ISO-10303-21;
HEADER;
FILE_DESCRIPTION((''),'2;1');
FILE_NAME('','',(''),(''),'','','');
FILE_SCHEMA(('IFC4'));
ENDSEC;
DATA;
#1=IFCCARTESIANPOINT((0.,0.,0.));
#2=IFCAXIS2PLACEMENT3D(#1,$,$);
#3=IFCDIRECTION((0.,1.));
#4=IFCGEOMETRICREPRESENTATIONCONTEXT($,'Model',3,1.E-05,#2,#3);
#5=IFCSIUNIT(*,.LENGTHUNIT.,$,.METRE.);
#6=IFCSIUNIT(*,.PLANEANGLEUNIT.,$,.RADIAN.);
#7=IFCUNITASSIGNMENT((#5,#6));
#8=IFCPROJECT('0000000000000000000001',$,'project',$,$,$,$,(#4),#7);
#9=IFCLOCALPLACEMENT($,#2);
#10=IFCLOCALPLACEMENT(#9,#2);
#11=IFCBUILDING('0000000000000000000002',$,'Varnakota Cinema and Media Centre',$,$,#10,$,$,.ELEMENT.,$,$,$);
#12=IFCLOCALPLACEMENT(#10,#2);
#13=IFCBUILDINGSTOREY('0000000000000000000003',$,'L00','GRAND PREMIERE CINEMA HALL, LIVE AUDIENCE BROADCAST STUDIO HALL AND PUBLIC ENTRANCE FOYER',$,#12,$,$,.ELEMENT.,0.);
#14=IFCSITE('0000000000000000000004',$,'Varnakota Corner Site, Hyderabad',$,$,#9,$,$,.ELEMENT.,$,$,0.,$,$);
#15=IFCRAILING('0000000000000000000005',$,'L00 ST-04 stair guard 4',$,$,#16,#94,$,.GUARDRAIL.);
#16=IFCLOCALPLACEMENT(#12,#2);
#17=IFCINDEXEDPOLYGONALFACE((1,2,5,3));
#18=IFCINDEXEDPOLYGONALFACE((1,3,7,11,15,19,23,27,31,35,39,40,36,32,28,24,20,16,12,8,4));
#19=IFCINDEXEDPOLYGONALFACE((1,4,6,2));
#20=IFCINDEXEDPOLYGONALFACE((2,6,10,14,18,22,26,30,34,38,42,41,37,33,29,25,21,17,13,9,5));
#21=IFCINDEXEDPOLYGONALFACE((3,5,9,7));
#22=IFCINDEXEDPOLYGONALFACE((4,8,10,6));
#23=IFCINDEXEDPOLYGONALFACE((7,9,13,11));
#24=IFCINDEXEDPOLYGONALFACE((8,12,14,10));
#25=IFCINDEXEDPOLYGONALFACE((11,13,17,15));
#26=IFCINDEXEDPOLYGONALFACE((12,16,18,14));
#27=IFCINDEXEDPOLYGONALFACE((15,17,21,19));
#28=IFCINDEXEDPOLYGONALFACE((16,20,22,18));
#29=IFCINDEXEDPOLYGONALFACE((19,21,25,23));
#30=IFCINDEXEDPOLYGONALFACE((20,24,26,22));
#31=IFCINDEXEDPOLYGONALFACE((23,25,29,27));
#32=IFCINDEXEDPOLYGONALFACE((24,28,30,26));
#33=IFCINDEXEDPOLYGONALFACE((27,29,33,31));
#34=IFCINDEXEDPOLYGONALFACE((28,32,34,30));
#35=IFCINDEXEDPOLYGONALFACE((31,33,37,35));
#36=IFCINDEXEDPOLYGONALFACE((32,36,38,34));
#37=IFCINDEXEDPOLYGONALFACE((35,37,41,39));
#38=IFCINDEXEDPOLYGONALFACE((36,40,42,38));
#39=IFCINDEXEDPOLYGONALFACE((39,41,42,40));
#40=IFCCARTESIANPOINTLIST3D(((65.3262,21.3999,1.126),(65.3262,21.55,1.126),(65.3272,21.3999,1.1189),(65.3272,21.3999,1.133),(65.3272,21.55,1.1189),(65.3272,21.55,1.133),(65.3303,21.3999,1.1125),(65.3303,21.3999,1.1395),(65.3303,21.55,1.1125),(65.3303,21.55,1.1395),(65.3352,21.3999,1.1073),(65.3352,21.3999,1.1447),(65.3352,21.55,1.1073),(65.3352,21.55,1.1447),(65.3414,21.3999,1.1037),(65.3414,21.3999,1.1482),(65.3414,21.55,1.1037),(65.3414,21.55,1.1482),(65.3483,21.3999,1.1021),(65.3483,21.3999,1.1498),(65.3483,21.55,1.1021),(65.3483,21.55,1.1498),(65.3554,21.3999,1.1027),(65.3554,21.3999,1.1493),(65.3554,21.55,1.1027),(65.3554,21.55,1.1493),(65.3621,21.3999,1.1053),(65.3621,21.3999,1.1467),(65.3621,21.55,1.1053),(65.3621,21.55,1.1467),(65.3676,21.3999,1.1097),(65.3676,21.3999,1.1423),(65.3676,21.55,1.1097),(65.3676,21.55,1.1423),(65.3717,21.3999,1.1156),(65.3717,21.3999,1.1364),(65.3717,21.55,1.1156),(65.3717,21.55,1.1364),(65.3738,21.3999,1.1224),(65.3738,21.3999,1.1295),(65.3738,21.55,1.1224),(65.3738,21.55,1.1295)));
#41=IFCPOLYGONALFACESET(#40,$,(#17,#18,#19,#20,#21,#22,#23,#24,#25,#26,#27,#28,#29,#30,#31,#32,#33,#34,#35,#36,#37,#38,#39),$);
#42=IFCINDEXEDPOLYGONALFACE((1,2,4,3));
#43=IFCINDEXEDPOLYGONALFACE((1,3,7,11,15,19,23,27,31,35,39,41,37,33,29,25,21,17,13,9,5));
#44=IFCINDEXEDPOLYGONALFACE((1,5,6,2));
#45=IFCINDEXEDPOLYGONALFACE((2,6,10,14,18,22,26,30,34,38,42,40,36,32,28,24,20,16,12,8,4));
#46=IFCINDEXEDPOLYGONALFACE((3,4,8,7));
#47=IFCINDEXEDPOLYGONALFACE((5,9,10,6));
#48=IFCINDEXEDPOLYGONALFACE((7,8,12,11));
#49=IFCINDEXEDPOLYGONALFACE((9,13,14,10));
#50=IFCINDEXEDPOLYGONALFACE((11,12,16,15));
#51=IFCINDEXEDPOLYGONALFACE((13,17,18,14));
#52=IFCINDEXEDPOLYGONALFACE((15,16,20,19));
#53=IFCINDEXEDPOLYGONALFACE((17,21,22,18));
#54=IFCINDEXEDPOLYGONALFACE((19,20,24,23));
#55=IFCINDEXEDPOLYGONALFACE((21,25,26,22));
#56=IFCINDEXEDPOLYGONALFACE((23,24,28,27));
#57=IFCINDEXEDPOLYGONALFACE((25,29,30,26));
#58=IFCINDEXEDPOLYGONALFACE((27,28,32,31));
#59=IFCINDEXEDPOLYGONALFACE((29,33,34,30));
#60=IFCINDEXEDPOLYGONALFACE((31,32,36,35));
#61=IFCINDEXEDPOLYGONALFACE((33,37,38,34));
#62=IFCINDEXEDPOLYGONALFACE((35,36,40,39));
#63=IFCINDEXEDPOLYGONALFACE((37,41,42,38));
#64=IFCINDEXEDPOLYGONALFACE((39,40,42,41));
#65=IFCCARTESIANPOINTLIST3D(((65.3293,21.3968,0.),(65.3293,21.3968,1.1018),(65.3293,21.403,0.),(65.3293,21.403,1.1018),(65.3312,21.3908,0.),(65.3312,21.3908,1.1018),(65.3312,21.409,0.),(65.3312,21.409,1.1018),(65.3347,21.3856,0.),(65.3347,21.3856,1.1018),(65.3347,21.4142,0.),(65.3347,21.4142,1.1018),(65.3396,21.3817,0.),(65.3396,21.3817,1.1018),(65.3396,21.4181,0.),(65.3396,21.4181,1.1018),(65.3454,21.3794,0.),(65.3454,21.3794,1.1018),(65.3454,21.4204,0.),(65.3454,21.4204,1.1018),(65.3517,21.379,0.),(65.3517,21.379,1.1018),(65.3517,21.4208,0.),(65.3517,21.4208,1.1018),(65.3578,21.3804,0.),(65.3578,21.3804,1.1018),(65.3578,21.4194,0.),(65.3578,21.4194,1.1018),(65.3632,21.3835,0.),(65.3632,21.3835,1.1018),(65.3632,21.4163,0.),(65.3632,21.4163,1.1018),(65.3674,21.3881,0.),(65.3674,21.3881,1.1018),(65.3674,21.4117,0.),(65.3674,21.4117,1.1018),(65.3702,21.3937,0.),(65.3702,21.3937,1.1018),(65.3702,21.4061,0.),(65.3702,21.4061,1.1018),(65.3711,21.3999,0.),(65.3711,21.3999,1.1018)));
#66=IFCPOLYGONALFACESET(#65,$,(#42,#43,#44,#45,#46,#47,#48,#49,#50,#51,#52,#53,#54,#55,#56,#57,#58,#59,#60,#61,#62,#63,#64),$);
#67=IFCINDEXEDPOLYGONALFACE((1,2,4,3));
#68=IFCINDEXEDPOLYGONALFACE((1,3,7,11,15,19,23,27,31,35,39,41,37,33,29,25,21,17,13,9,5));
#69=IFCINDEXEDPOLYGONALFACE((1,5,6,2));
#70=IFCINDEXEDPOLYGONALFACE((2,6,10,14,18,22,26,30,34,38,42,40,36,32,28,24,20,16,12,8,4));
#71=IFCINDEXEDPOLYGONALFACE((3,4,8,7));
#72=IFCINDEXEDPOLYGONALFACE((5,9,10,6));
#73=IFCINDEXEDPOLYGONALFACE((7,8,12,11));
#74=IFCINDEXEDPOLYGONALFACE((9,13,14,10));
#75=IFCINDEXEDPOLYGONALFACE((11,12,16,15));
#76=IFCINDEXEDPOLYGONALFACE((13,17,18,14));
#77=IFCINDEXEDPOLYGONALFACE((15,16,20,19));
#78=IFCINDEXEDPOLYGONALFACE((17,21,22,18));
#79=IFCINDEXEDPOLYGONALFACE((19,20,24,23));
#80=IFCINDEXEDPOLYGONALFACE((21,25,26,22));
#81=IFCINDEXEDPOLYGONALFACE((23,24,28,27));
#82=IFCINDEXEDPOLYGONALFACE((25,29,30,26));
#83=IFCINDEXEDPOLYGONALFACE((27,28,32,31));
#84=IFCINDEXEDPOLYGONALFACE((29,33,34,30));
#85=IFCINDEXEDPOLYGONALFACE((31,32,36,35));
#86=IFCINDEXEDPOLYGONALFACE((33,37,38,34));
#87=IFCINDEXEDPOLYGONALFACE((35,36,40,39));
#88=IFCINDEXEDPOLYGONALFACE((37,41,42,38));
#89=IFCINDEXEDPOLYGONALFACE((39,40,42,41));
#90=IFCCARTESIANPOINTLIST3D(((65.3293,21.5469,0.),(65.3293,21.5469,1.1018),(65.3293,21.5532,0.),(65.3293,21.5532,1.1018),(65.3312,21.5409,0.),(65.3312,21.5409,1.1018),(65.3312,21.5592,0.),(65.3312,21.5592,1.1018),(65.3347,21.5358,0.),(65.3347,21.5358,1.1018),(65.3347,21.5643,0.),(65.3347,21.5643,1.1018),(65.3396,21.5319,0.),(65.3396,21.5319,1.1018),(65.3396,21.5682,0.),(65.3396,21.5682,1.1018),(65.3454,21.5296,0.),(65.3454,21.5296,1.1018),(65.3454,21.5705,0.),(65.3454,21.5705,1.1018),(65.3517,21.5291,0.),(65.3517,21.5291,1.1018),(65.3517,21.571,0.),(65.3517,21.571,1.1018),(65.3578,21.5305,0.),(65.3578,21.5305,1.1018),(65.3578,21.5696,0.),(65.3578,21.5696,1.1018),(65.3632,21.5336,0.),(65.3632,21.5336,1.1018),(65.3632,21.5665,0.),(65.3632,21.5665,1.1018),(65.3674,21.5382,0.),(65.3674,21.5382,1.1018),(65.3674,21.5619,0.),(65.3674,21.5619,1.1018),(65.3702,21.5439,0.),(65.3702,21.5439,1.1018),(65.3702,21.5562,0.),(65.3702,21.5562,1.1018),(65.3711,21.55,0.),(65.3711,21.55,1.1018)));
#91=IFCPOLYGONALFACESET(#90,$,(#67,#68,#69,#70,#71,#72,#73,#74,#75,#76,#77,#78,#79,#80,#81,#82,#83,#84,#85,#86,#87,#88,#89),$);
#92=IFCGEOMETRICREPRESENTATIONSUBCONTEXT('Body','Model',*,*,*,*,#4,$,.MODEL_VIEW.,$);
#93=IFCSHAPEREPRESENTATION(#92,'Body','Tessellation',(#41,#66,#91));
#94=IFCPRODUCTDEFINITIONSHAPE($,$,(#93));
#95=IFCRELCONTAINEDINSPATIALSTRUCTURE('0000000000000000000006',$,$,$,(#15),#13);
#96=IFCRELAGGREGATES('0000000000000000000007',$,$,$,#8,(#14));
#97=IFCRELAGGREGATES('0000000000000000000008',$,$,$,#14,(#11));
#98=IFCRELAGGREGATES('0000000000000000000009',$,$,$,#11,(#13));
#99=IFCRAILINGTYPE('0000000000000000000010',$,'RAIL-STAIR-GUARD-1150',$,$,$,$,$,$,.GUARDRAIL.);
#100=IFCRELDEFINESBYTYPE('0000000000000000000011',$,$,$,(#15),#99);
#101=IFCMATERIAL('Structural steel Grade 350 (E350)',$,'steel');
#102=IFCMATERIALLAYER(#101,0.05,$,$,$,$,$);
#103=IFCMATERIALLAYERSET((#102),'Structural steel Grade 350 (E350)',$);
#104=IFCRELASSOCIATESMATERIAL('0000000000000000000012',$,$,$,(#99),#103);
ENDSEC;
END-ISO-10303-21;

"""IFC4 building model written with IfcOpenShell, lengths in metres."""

from ifc_helpers import new_model, si_unit, direction, frame, origin, origin_2d, place, context, subcontext, project, spatial, circle, extrude, material, layer, layer_set, type_object, element, save


model = new_model("IFC4")

# Units and contexts
model_context = context("Model", 3, precision=1e-05, world=origin(), true_north=direction((0.0, 1.0)))
body_context = subcontext(model_context, "Body", "Model", "MODEL_VIEW")
ifc_project = project(units=[si_unit("LENGTHUNIT", "METRE"), si_unit("PLANEANGLEUNIT", "RADIAN")], contexts=[model_context])

# Site, building, storey
site_placement = place(None, origin())
site = spatial("IfcSite", under=ifc_project, at=site_placement, Name="Varnakota Corner Site, Hyderabad", CompositionType="ELEMENT", RefElevation=0.0)
building_placement = place(site_placement, origin())
building = spatial("IfcBuilding", under=site, at=building_placement, Name="Varnakota Cinema and Media Centre", CompositionType="ELEMENT")
storey_placement = place(building_placement, origin())
storey = spatial("IfcBuildingStorey", under=building, at=storey_placement, Name="L00", Description="GRAND PREMIERE CINEMA HALL, LIVE AUDIENCE BROADCAST STUDIO HALL AND PUBLIC ENTRANCE FOYER", CompositionType="ELEMENT", Elevation=0.0)

# Railing
ifc_material_1 = material(Name="Structural steel Grade 350 (E350)", Category="steel")
ifc_layer_1 = layer(ifc_material_1, 0.05)
ifc_layer_set_1 = layer_set([ifc_layer_1], Name="Structural steel Grade 350 (E350)")
railing_type_1 = type_object("IfcRailingType", Name="RAIL-STAIR-GUARD-1150", PredefinedType="GUARDRAIL", material=ifc_layer_set_1)
railing_1_placement = place(storey_placement, frame((65.3501, 21.3999, 0.0)))
element("IfcRailing", 1, at=railing_1_placement, inside=storey, type_object=railing_type_1, Name="L00 ST-04 stair guard 4", PredefinedType="GUARDRAIL", context=body_context, shape_type="SweptSolid", body=[
    extrude(circle(Radius=0.0239, at=origin_2d()), frame((0.0, 0.0, 1.126), z_axis=(0.0, 1.0, 0.0), x_axis=(-1.0, 0.0, 0.0)), (0.0, 0.0, 1.0), 0.1501),
    extrude(circle(Radius=0.021, at=origin_2d()), origin(), (0.0, 0.0, 1.0), 1.1018),
    extrude(circle(Radius=0.021, at=origin_2d()), frame((0.0, 0.1501, 0.0)), (0.0, 0.0, 1.0), 1.1018),
])

save(model, "model.ifc")
